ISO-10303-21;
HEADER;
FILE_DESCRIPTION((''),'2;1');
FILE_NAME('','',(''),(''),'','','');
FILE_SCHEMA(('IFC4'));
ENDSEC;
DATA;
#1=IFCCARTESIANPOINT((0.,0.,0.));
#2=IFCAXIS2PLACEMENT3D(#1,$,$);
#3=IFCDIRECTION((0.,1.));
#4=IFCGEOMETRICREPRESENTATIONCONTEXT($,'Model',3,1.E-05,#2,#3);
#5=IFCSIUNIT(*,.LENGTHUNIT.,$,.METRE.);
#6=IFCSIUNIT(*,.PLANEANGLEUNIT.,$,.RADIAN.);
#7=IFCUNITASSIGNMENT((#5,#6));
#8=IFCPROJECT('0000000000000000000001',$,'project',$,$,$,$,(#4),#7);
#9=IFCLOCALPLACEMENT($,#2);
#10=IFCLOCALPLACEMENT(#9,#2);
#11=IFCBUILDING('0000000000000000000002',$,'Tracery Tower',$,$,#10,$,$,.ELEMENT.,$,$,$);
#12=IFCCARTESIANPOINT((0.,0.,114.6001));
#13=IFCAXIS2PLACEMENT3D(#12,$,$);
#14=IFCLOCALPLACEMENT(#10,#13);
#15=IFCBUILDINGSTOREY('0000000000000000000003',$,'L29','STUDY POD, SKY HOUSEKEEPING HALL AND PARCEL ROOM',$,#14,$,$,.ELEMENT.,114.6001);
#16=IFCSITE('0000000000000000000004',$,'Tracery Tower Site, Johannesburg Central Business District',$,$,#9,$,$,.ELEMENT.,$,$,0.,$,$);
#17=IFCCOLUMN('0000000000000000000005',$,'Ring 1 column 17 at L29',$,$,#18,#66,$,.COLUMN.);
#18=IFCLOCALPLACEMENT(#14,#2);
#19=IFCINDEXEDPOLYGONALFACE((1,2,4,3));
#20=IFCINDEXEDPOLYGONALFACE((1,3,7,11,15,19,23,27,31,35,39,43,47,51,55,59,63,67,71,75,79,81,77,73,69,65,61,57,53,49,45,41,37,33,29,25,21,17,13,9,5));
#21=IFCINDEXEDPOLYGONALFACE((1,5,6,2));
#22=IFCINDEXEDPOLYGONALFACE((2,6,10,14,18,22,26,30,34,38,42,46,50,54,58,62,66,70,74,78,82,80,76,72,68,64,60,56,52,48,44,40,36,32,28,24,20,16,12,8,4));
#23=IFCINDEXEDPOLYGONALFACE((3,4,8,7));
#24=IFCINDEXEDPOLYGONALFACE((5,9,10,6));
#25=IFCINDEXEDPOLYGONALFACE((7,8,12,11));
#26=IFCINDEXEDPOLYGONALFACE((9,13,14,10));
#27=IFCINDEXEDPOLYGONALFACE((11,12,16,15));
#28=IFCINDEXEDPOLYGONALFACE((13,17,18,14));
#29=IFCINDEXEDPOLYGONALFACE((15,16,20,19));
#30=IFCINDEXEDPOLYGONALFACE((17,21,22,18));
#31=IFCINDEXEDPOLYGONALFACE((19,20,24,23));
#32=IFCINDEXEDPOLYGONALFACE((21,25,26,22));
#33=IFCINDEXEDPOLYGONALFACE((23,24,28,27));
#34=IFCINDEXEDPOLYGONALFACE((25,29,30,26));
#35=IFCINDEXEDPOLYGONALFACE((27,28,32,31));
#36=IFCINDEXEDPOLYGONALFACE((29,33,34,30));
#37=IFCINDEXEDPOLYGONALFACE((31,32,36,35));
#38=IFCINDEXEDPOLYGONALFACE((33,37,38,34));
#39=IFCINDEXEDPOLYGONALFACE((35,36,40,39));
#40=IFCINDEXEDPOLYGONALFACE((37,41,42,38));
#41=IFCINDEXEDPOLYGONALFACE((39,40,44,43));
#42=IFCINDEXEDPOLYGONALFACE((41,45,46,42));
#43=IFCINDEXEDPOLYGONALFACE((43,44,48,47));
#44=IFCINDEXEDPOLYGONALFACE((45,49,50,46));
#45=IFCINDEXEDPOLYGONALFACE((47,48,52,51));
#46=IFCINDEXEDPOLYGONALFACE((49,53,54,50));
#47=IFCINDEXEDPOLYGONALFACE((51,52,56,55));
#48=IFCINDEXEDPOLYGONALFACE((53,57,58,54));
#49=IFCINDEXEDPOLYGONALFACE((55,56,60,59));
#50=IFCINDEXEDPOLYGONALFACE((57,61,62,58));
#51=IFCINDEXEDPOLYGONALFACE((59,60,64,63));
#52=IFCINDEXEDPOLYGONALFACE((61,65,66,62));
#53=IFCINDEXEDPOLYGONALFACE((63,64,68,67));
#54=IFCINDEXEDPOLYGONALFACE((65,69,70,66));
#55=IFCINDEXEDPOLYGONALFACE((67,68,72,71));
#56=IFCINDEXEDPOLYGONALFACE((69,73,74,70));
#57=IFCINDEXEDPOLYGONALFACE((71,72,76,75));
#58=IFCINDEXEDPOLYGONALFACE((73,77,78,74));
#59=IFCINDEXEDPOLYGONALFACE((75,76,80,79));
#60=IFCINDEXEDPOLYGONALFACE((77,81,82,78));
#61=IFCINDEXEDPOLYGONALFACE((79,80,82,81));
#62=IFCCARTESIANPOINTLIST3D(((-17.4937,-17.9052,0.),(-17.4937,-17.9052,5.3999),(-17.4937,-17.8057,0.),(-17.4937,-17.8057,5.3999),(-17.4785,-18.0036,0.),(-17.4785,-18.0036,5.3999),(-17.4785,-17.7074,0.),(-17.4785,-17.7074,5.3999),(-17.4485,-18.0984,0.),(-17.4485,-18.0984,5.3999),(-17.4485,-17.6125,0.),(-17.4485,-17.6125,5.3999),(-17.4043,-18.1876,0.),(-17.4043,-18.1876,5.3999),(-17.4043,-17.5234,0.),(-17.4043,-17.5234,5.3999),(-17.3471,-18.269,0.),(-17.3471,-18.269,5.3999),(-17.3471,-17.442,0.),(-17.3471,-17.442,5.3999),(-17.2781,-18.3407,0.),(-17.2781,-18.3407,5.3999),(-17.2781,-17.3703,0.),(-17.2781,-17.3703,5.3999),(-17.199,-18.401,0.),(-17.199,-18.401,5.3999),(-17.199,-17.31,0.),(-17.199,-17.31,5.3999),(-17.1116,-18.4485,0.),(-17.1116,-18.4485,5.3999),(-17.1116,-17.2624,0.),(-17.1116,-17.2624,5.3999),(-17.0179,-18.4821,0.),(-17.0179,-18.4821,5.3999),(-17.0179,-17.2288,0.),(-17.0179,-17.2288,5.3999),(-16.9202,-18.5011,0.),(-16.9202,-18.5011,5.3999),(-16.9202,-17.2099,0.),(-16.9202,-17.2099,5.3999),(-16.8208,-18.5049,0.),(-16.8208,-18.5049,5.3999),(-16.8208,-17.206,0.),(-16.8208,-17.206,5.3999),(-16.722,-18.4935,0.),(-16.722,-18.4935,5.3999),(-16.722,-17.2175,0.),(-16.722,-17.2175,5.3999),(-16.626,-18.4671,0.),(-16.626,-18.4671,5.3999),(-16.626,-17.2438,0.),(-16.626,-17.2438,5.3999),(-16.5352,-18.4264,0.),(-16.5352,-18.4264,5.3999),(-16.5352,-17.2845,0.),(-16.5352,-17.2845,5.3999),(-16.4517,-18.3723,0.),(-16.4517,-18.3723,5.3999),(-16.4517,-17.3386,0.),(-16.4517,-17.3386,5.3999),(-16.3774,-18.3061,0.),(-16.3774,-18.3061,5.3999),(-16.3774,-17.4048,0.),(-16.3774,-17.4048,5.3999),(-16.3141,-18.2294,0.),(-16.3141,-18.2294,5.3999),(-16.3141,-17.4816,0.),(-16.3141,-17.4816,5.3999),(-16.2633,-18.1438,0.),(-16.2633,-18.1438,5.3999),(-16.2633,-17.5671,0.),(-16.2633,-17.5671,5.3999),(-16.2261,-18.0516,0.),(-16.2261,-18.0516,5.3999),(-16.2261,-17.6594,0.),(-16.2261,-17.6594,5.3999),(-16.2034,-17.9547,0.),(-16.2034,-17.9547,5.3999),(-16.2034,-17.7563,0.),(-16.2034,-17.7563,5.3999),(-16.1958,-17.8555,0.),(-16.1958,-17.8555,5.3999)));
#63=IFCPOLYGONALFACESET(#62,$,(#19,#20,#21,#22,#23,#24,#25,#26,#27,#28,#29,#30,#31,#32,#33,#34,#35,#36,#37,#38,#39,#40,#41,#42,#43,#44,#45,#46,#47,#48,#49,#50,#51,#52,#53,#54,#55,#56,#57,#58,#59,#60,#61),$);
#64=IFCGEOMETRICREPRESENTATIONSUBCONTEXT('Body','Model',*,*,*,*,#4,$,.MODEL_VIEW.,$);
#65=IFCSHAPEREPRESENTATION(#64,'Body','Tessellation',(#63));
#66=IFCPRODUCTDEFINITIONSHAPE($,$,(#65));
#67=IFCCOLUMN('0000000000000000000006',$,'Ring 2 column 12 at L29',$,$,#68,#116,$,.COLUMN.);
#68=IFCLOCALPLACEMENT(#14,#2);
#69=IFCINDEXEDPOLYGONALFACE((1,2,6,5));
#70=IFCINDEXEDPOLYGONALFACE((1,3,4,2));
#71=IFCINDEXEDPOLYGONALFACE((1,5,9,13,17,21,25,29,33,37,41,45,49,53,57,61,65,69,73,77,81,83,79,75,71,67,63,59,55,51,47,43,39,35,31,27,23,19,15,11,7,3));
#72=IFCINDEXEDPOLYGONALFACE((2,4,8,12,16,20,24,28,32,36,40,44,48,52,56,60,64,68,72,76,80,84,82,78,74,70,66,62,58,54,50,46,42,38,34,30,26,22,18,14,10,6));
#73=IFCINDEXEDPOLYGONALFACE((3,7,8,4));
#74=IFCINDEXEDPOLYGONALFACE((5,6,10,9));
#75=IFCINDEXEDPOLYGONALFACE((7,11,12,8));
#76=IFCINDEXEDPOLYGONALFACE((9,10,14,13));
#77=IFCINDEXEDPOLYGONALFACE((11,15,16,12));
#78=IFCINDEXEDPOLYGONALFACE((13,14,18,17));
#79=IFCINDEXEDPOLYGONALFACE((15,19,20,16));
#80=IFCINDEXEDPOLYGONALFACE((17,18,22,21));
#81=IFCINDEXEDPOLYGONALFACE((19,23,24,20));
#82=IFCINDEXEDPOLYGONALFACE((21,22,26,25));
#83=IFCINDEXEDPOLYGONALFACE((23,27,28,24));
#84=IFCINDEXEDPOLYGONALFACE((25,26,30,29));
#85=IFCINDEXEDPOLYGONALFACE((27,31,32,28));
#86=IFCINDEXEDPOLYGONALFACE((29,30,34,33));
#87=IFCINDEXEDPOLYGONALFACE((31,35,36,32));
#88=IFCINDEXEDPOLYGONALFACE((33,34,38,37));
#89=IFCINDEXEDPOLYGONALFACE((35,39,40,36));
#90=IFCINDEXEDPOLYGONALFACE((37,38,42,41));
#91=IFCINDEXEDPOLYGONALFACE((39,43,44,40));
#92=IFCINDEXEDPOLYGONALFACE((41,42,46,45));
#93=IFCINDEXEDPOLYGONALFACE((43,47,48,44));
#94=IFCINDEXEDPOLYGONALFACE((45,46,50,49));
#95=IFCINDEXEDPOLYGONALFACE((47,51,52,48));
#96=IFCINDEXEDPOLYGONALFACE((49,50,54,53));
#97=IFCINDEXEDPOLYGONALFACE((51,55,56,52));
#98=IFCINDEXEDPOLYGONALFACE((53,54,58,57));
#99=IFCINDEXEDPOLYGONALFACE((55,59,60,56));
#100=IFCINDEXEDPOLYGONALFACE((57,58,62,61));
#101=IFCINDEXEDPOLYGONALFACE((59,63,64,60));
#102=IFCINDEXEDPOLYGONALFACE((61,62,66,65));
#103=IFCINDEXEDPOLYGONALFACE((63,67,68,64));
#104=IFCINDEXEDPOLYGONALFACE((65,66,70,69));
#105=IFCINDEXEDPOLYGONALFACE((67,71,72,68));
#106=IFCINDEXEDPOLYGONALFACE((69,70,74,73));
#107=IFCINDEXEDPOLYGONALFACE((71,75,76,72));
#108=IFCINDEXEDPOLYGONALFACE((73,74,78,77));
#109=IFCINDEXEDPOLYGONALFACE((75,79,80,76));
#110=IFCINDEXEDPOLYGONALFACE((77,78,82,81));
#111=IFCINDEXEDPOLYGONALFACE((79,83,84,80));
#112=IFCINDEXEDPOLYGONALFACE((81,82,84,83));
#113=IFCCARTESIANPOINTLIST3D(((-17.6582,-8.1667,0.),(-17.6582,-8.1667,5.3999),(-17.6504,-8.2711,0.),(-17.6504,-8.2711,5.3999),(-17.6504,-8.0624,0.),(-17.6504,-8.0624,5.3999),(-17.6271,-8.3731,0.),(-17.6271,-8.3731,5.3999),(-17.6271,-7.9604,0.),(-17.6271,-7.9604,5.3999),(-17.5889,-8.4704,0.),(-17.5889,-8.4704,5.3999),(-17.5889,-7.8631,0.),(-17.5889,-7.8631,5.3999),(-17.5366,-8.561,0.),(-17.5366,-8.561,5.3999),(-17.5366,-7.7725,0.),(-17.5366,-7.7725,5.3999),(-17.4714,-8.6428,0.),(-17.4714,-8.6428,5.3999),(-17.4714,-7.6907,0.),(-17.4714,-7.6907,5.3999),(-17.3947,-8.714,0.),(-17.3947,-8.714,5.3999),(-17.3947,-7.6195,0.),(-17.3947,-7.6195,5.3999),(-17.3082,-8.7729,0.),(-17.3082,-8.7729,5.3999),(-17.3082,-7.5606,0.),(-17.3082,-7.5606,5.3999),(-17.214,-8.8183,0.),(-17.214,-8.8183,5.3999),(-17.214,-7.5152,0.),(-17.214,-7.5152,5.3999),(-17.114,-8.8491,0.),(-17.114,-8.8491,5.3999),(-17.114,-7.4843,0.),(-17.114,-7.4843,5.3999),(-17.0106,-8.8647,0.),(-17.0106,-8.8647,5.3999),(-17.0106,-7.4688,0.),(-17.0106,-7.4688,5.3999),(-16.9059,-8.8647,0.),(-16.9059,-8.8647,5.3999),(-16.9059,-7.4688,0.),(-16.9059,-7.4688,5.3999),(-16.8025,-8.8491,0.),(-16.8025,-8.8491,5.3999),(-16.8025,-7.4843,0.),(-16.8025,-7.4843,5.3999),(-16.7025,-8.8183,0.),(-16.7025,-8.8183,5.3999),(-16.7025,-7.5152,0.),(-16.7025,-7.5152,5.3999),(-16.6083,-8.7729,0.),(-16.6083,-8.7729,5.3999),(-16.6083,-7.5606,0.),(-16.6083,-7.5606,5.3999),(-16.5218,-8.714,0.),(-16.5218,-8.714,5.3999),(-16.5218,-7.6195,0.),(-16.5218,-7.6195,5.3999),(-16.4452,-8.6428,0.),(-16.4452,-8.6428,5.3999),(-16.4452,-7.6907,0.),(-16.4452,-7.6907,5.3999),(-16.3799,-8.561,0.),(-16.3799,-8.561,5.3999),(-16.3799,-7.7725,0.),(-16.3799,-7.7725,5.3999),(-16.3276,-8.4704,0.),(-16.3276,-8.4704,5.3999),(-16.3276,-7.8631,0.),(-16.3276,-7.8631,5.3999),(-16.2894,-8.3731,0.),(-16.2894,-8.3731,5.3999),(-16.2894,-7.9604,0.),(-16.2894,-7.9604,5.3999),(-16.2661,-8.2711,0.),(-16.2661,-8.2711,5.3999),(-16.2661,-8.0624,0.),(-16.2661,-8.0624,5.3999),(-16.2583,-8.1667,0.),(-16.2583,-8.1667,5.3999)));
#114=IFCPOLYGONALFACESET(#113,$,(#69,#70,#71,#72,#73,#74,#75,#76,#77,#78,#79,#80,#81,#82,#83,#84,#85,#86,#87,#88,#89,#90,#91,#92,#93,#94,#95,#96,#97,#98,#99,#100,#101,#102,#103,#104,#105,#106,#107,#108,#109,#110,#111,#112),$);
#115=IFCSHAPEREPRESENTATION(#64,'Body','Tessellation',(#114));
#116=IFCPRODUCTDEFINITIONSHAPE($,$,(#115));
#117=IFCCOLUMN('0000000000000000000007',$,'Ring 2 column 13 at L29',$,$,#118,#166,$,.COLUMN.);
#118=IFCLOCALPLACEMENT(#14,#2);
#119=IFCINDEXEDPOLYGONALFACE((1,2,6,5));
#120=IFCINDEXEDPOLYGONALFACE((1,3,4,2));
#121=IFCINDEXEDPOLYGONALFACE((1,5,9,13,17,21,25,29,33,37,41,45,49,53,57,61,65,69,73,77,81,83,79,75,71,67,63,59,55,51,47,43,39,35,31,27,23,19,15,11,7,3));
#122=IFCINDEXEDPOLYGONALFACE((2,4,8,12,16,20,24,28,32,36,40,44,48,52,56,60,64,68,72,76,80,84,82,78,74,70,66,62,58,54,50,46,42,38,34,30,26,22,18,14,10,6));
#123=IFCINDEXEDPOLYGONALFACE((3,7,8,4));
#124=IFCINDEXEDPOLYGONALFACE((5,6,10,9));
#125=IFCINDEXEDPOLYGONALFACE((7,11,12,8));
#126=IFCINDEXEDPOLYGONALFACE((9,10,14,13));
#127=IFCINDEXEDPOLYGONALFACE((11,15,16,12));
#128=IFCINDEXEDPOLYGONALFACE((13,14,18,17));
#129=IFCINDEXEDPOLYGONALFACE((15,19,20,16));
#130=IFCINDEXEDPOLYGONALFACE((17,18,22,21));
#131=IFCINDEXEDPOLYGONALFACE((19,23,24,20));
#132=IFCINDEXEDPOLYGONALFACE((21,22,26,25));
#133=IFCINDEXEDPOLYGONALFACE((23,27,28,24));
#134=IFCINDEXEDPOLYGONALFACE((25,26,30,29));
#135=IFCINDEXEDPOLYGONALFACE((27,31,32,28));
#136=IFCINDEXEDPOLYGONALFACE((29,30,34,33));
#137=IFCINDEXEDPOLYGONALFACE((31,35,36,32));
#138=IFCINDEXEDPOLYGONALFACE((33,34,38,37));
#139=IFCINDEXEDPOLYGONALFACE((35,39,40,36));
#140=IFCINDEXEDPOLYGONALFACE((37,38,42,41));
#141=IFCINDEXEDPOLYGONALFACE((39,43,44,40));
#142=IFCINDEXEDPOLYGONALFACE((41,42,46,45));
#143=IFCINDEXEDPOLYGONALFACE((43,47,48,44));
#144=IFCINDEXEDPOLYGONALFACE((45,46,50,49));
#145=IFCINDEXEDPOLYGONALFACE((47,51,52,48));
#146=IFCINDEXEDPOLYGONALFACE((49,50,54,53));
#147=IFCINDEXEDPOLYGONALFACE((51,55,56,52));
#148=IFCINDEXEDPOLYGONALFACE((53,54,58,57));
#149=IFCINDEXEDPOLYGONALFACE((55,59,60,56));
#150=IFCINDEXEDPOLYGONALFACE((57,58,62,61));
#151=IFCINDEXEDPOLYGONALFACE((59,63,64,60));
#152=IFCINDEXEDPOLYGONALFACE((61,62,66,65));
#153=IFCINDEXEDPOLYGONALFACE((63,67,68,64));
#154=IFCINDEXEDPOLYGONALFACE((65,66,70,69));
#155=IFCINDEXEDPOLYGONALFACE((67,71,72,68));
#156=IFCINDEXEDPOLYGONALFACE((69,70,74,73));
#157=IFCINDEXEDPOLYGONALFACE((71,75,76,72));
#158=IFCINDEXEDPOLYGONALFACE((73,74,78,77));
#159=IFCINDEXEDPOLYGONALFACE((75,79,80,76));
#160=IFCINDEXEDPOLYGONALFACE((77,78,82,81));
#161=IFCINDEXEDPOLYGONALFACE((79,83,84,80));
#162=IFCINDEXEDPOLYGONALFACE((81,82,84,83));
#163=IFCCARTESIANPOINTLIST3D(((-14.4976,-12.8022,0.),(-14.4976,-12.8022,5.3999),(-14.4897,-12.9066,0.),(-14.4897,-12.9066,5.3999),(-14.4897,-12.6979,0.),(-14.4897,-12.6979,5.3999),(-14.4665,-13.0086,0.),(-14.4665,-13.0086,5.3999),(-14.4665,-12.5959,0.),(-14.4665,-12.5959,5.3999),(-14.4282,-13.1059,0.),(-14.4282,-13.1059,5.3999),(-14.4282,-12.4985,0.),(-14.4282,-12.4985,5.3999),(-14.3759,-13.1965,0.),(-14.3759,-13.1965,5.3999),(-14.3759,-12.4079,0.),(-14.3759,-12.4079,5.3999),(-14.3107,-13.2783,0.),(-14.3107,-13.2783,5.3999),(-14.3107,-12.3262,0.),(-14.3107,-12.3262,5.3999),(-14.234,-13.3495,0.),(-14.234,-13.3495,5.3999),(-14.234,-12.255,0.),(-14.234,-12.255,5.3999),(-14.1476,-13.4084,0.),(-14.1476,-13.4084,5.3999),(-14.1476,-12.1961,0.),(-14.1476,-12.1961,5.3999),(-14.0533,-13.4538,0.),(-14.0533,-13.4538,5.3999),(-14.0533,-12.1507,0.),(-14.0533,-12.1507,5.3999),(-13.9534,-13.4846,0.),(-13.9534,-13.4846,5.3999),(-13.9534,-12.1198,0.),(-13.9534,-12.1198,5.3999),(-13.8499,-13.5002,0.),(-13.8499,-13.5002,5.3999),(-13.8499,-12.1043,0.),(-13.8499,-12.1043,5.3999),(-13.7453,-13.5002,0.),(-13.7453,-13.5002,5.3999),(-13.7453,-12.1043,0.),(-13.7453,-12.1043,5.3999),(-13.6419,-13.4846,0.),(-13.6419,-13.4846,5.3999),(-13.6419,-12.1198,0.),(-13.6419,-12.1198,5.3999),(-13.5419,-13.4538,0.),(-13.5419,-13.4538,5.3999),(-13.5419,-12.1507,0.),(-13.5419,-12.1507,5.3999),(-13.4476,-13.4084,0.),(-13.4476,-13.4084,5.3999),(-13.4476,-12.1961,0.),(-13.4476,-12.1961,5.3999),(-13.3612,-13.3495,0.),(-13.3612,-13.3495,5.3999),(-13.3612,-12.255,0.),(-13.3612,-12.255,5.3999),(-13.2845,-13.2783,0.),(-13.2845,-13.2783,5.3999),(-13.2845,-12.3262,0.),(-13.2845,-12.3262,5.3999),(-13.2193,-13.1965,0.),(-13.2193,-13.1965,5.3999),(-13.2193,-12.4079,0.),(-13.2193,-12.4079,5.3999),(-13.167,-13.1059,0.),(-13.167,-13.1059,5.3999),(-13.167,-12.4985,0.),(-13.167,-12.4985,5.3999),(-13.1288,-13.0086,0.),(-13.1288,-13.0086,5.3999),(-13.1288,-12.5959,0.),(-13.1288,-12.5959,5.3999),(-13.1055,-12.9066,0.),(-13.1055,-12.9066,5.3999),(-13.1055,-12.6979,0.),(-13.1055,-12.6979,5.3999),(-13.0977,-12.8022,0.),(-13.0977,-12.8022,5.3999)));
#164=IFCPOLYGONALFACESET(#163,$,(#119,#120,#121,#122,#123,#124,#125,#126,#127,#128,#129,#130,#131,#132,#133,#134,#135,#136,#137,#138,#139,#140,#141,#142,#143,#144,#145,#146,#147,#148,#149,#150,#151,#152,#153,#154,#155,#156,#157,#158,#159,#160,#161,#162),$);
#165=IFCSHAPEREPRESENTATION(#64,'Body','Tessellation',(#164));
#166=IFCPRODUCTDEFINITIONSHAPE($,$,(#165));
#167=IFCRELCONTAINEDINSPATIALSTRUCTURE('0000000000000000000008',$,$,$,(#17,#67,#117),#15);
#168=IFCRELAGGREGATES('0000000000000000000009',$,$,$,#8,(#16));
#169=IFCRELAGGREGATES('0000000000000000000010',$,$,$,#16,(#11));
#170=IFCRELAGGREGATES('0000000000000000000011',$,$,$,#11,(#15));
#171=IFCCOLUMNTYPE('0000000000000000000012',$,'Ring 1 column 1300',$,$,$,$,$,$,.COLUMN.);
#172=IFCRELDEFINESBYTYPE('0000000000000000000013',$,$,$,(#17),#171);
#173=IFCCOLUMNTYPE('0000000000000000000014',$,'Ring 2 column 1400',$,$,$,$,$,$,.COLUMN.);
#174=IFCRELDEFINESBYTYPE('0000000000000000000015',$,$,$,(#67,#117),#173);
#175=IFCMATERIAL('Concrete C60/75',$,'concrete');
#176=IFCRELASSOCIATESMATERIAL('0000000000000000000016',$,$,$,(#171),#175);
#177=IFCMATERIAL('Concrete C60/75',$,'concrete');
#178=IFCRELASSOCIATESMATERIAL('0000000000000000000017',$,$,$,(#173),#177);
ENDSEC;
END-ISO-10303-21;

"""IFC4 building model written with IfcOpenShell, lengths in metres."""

from ifc_helpers import new_model, si_unit, direction, frame, origin, origin_2d, place, context, subcontext, project, spatial, circle, extrude, material, material_profile, profile_set, type_object, element, save


model = new_model("IFC4")

# Units and contexts
model_context = context("Model", 3, precision=1e-05, world=origin(), true_north=direction((0.0, 1.0)))
body_context = subcontext(model_context, "Body", "Model", "MODEL_VIEW")
ifc_project = project(units=[si_unit("LENGTHUNIT", "METRE"), si_unit("PLANEANGLEUNIT", "RADIAN")], contexts=[model_context])

# Site, building, storey
site_placement = place(None, origin())
site = spatial("IfcSite", under=ifc_project, at=site_placement, Name="Tracery Tower Site, Johannesburg Central Business District", CompositionType="ELEMENT", RefElevation=0.0)
building_placement = place(site_placement, origin())
building = spatial("IfcBuilding", under=site, at=building_placement, Name="Tracery Tower", CompositionType="ELEMENT")
storey_placement = place(building_placement, frame((0.0, 0.0, 114.6001)))
storey = spatial("IfcBuildingStorey", under=building, at=storey_placement, Name="L29", Description="STUDY POD, SKY HOUSEKEEPING HALL AND PARCEL ROOM", CompositionType="ELEMENT", Elevation=114.6001)

# Columns
ifc_material_1 = material(Name="Concrete C60/75", Category="concrete")
ifc_material_profile_1 = material_profile(ifc_material_1, circle(Radius=0.6499, at=origin_2d()), Name="RC D1300")
ifc_profile_set_1 = profile_set([ifc_material_profile_1], Name="Concrete C60/75")
column_type_1 = type_object("IfcColumnType", Name="Ring 1 column 1300", PredefinedType="COLUMN", material=ifc_profile_set_1)
column_placement = place(storey_placement, frame((-16.8457, -17.8555, 0.0), z_axis=(0.0, 0.0, 1.0), x_axis=(1.0, 0.0, 0.0)))
element("IfcColumn", 1, at=column_placement, inside=storey, type_object=column_type_1, Name="Ring 1 column 17 at L29", PredefinedType="COLUMN", context=body_context, shape_type="SweptSolid", body=[
    extrude(circle(Radius=0.6499, at=origin_2d()), origin(), (0.0, 0.0, 1.0), 5.3999),
])
ifc_material_2 = material(Name="Concrete C60/75", Category="concrete")
ifc_material_profile_2 = material_profile(ifc_material_2, circle(Radius=0.7, at=origin_2d()), Name="RC D1400")
ifc_profile_set_2 = profile_set([ifc_material_profile_2], Name="Concrete C60/75")
column_type_2 = type_object("IfcColumnType", Name="Ring 2 column 1400", PredefinedType="COLUMN", material=ifc_profile_set_2)
for number, where, z_axis, x_axis, name in (
    (2, (-16.9583, -8.1667, 0.0), (0.0, 0.0, 1.0), (1.0, 0.0, 0.0), "Ring 2 column 12 at L29"),
    (3, (-13.7976, -12.8022, 0.0), (0.0, 0.0, 1.0), (1.0, 0.0, 0.0), "Ring 2 column 13 at L29"),
):
    element("IfcColumn", number, at=place(storey_placement, frame(where, z_axis=z_axis, x_axis=x_axis)), inside=storey, type_object=column_type_2, Name=name, PredefinedType="COLUMN", context=body_context, shape_type="SweptSolid", body=[
        extrude(circle(Radius=0.7, at=origin_2d()), origin(), (0.0, 0.0, 1.0), 5.3999),
    ])

save(model, "model.ifc")
